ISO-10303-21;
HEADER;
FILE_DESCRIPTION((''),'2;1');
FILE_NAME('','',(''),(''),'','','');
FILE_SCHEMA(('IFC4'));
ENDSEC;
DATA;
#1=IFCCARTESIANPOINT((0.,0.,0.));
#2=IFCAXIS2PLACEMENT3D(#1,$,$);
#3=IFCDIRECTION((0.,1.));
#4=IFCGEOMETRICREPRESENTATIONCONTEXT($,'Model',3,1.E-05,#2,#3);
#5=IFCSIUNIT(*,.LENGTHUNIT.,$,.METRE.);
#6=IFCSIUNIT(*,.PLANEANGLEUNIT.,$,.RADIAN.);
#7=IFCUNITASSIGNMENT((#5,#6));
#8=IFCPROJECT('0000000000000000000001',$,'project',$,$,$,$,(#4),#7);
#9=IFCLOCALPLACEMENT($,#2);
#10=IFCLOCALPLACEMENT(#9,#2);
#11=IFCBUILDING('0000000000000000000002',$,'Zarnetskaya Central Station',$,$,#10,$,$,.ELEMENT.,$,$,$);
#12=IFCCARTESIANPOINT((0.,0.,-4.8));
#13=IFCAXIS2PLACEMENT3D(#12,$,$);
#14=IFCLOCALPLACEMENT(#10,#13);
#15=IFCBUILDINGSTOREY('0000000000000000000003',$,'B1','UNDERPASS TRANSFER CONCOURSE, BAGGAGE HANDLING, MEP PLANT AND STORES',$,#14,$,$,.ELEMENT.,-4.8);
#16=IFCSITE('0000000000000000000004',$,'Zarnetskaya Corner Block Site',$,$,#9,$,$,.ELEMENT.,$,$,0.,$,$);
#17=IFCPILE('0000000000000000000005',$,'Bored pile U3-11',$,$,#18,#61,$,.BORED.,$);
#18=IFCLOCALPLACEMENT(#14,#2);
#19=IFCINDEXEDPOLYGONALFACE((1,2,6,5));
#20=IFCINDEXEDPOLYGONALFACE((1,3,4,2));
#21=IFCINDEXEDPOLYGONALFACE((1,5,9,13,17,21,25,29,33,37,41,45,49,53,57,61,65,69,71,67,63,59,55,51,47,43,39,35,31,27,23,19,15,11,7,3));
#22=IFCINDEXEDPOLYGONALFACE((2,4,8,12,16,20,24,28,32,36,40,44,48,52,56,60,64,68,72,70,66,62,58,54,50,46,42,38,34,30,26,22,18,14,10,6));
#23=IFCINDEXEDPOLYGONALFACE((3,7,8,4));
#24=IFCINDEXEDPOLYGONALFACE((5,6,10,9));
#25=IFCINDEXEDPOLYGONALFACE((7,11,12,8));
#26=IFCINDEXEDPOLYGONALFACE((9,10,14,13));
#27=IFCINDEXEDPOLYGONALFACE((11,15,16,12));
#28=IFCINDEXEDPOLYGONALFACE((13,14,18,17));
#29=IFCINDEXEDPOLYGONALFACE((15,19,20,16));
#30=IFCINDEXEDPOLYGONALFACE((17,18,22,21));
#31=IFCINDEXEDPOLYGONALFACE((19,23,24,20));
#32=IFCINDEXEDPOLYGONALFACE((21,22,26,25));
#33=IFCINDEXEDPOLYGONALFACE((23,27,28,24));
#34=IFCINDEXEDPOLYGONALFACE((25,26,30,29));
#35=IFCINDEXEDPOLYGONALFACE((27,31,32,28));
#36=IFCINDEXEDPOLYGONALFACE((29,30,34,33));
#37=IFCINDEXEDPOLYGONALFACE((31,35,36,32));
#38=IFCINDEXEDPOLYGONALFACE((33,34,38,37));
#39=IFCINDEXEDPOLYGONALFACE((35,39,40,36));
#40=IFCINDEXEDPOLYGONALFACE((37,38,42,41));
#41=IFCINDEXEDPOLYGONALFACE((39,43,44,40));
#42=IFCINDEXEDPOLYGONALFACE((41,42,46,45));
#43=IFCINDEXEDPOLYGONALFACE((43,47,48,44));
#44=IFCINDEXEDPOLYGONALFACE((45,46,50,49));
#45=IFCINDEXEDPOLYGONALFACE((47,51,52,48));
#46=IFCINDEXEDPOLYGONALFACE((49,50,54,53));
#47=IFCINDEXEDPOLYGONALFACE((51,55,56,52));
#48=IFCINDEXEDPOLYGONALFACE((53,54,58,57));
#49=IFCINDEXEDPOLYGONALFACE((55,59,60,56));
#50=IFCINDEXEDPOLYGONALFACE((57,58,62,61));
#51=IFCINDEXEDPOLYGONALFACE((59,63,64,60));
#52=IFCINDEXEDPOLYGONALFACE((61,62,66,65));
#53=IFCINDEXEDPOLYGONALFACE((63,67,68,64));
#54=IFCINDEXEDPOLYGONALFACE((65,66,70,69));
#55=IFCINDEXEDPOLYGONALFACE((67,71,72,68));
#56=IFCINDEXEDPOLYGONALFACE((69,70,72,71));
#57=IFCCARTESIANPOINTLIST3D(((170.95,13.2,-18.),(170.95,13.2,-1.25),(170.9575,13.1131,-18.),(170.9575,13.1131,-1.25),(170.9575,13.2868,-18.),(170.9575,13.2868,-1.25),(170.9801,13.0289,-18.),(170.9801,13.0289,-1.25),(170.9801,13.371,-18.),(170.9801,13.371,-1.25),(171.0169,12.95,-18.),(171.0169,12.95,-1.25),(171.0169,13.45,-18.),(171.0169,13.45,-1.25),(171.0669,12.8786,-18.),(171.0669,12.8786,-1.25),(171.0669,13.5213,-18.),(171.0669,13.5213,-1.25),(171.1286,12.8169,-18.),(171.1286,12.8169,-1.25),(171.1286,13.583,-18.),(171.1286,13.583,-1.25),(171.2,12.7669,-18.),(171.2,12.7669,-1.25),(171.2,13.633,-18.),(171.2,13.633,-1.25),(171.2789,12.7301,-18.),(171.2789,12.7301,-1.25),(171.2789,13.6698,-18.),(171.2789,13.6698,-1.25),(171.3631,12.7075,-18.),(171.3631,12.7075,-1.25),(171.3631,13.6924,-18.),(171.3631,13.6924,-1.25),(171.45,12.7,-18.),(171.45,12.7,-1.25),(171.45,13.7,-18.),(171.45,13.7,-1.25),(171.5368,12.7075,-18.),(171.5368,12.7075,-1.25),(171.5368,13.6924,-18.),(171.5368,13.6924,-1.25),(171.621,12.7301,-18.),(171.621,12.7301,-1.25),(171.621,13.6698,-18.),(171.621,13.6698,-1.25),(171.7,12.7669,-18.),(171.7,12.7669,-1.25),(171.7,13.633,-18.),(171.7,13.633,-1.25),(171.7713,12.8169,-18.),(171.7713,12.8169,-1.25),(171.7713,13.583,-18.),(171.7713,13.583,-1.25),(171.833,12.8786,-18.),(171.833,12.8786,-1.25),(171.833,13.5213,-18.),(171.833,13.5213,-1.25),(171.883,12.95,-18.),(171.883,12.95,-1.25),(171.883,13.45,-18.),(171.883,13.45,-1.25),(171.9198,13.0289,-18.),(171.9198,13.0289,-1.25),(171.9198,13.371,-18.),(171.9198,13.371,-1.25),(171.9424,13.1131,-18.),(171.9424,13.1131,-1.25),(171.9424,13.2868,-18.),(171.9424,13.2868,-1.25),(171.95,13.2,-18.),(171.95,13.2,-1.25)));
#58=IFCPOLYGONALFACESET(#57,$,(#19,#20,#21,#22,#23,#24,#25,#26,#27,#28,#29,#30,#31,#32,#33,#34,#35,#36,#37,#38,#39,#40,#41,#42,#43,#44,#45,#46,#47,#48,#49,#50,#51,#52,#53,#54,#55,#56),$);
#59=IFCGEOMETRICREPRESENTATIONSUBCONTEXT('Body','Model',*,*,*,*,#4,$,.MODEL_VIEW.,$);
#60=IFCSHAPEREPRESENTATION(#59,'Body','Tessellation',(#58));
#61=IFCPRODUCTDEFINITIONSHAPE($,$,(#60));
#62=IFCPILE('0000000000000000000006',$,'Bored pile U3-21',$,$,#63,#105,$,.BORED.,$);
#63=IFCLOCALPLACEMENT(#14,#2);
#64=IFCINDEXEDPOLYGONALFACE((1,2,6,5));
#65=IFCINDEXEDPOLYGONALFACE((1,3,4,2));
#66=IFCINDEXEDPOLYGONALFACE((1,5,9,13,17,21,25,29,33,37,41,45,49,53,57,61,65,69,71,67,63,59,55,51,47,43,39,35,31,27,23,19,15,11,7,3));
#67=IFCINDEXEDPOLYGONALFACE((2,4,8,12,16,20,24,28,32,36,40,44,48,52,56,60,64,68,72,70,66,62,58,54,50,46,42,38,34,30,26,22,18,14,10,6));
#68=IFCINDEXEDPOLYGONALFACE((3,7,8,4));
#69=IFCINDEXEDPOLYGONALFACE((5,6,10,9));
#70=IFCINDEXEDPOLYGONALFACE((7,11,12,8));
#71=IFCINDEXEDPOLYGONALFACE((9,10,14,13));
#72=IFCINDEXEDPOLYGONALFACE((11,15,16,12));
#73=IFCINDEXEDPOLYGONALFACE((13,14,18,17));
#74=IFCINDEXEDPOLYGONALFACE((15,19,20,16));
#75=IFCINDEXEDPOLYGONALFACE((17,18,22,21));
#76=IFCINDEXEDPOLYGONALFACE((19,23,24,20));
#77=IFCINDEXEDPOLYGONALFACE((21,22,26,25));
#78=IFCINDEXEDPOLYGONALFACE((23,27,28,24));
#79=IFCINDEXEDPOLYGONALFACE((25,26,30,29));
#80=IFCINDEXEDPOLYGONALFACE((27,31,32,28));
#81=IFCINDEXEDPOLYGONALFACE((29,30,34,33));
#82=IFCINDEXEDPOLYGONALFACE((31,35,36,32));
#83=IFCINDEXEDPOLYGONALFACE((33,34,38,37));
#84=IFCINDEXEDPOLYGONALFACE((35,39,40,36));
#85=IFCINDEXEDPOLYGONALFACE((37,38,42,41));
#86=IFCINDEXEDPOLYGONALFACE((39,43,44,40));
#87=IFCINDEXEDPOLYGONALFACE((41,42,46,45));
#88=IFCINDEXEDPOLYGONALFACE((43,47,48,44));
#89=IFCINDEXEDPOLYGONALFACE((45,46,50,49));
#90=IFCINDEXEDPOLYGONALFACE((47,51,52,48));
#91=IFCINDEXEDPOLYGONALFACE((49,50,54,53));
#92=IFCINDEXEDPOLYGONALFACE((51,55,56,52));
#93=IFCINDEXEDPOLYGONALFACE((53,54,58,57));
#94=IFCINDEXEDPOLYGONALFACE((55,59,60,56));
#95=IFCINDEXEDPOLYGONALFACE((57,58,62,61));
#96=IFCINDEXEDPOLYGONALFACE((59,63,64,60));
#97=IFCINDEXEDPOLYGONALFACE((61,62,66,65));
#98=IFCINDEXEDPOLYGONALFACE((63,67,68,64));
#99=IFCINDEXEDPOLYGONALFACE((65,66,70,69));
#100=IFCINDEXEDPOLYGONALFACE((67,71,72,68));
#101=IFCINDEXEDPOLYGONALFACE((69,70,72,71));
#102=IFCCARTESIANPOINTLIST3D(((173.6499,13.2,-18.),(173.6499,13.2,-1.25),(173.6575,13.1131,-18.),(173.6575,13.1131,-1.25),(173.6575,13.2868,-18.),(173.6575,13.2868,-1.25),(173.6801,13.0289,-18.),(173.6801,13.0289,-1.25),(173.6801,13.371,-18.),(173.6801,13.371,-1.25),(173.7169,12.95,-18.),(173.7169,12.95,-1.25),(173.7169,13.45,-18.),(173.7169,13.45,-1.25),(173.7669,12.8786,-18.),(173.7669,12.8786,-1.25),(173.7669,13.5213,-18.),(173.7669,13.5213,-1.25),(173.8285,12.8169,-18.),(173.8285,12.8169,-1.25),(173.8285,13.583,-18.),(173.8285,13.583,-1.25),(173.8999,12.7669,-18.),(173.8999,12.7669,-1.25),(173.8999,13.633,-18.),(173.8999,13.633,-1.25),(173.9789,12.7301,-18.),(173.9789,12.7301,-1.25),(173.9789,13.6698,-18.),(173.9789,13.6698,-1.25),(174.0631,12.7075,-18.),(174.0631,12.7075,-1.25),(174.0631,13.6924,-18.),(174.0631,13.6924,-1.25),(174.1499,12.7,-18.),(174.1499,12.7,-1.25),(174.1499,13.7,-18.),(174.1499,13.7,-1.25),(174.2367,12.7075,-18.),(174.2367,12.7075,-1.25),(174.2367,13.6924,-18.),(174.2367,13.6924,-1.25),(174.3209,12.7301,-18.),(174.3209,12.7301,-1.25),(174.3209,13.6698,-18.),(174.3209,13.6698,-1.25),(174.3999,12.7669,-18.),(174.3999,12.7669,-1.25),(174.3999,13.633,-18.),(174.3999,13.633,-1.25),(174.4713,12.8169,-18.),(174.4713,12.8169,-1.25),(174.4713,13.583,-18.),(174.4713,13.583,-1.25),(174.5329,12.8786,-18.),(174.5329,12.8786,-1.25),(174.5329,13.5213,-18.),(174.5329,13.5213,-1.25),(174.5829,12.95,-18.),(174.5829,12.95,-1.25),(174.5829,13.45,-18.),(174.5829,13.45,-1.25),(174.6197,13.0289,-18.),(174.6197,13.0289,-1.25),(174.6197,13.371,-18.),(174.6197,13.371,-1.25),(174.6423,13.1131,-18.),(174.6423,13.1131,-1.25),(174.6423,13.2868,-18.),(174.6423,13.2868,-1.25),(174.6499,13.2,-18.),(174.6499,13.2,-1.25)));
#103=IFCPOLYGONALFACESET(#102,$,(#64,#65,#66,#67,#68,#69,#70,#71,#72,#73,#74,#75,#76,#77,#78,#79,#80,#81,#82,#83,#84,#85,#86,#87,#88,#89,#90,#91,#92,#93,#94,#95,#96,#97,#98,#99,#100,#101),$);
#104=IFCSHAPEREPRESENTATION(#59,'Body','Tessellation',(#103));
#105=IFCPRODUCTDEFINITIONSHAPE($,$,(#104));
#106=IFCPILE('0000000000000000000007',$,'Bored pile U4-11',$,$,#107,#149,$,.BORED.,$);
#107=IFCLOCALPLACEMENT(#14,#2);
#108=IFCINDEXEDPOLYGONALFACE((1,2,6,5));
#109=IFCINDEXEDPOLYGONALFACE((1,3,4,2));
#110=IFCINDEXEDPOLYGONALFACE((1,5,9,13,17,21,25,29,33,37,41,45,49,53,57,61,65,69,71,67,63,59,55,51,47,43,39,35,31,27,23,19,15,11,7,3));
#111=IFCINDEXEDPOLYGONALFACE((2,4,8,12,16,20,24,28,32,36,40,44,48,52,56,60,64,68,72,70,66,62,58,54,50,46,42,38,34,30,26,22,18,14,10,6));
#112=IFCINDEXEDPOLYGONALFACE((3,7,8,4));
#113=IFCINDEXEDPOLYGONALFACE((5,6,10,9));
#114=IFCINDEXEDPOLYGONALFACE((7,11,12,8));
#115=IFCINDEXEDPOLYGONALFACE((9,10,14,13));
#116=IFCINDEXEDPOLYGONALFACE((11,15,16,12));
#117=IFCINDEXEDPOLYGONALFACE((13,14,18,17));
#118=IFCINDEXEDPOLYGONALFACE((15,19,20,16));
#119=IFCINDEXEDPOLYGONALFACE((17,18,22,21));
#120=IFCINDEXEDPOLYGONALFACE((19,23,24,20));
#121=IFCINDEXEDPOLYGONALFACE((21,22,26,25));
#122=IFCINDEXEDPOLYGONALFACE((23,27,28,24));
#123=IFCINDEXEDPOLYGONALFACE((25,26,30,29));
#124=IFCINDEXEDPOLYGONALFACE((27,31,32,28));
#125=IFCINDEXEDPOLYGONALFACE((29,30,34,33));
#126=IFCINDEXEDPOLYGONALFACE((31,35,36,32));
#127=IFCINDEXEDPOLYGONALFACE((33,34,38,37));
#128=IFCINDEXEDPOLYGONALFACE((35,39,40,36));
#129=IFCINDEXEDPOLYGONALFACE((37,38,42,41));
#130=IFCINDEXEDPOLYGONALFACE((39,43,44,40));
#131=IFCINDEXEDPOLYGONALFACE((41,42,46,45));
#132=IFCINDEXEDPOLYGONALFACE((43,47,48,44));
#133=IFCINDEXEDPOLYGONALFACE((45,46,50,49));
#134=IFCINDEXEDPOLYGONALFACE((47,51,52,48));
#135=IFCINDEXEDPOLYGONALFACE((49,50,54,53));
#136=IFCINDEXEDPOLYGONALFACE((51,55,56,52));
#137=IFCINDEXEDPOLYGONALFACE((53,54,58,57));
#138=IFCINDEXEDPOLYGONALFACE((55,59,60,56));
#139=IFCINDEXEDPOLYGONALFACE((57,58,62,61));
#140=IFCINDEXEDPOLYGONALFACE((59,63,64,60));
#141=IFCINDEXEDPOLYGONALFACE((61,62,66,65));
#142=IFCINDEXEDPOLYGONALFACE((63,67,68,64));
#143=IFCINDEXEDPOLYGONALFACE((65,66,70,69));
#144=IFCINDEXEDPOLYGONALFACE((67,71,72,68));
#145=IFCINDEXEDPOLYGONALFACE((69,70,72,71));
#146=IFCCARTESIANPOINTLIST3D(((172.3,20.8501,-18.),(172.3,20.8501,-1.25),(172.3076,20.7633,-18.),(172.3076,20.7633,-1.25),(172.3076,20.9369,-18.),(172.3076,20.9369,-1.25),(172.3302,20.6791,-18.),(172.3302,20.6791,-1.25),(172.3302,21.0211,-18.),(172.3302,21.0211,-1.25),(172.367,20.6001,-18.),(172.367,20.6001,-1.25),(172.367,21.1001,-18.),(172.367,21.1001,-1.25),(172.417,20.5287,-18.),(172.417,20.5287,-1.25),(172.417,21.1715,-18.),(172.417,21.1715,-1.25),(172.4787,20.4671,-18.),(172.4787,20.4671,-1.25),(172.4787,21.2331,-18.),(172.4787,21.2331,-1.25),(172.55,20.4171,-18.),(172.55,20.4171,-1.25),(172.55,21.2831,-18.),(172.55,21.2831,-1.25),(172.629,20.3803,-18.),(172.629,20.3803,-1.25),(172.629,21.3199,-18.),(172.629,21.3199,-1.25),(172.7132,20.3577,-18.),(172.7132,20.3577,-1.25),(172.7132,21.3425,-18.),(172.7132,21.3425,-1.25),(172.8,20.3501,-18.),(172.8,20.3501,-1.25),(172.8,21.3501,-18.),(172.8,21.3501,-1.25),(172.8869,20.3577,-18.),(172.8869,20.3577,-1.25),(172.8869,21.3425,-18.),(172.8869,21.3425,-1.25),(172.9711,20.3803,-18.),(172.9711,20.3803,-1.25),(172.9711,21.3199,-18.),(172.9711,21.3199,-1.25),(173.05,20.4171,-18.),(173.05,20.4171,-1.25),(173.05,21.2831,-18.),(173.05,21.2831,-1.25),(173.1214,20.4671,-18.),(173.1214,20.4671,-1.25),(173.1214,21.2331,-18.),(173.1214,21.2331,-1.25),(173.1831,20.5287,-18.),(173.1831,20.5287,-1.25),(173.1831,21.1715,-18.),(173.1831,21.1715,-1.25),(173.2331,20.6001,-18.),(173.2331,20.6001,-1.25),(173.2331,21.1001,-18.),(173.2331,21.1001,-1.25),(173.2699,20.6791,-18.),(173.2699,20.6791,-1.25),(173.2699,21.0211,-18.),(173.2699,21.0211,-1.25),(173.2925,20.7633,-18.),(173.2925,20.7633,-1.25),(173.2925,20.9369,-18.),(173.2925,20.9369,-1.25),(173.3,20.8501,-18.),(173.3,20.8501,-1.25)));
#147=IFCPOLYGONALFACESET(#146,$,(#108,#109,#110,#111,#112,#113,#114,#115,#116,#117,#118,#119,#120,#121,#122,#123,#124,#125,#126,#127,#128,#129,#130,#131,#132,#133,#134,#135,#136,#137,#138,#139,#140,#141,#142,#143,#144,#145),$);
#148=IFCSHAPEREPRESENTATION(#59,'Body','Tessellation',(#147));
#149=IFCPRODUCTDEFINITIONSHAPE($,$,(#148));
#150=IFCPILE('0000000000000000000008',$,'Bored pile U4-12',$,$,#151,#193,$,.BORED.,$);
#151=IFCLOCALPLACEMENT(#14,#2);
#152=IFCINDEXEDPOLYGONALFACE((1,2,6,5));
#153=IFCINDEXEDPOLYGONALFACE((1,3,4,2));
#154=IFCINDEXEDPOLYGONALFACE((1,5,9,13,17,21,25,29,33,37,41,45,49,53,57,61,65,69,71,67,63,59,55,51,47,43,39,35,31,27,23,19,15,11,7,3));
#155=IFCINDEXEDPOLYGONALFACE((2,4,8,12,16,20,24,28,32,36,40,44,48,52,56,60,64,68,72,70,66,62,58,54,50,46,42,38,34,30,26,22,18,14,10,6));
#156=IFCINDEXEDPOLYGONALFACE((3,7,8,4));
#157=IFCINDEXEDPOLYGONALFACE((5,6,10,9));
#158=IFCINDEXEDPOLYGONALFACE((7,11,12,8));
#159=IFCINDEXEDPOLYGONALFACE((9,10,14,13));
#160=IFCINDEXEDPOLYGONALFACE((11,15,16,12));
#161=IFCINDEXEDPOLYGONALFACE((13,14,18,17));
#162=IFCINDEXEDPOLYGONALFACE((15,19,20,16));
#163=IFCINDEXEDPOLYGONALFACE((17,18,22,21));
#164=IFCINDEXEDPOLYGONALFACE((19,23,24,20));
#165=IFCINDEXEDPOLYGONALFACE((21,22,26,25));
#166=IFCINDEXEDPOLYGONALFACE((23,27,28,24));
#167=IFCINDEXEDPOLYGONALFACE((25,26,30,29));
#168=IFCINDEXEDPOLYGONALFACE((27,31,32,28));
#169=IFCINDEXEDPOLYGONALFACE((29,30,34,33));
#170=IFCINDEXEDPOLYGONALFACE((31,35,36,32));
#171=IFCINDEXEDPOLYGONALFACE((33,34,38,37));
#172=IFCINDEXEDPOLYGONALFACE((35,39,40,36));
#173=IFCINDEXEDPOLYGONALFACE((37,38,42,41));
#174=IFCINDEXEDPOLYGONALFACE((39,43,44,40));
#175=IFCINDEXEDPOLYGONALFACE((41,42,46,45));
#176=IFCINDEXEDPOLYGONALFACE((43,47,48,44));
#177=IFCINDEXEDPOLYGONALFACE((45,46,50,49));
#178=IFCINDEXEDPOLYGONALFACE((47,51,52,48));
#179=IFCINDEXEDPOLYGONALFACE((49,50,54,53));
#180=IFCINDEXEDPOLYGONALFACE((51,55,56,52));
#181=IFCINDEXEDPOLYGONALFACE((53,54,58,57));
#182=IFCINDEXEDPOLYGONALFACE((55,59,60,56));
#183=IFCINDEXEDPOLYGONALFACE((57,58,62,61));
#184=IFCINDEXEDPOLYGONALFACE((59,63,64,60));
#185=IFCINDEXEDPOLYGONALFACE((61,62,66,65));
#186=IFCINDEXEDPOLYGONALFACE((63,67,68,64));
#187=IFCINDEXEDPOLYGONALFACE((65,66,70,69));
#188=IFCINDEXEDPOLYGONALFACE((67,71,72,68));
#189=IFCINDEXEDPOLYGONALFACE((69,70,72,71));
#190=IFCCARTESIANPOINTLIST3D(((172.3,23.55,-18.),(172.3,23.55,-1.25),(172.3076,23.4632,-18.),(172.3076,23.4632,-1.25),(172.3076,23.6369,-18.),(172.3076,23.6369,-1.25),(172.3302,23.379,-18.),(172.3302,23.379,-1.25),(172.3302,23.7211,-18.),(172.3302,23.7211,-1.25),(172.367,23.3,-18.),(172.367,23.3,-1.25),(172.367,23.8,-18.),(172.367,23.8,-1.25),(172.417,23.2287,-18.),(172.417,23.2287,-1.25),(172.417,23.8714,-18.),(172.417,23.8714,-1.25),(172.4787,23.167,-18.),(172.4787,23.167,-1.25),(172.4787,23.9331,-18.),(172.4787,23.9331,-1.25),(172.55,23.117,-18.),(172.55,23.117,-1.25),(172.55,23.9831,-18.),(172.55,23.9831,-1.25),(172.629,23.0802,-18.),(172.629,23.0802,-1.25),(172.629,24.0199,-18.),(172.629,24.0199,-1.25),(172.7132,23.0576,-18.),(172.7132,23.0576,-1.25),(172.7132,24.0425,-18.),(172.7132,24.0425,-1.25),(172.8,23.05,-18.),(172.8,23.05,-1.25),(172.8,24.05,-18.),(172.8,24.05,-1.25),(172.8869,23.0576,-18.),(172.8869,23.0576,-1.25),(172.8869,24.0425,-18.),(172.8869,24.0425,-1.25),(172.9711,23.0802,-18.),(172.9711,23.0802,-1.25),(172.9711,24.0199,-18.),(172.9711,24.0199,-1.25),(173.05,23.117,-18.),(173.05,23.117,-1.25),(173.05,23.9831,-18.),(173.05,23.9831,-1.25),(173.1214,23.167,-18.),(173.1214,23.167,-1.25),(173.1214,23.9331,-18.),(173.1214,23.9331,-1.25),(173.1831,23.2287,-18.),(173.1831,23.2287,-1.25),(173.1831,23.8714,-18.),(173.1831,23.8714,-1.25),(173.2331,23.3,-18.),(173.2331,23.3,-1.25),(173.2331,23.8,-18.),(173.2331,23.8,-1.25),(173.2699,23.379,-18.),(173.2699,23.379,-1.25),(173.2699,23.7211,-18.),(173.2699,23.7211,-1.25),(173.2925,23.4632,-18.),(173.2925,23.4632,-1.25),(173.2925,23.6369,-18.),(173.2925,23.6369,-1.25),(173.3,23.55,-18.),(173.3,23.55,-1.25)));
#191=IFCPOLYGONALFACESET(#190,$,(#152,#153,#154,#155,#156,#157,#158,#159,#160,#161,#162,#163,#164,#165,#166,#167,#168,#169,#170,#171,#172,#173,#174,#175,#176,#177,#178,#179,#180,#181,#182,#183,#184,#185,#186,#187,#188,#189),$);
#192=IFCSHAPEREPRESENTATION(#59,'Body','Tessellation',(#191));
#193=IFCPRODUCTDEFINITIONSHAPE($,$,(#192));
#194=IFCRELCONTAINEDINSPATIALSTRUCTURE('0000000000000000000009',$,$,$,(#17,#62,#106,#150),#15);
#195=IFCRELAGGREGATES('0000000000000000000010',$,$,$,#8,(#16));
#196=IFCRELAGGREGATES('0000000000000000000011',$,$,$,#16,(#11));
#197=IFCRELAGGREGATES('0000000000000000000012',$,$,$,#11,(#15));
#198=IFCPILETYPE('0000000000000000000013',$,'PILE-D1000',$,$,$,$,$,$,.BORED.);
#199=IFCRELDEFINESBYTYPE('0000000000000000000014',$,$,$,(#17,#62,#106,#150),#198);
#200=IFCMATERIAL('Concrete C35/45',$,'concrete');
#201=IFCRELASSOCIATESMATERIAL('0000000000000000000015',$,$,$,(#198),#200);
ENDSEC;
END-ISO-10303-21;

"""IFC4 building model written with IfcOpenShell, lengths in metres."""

from ifc_helpers import new_model, si_unit, direction, frame, origin, origin_2d, place, context, subcontext, project, spatial, circle, extrude, material, material_profile, profile_set, type_object, element, save


model = new_model("IFC4")

# Units and contexts
model_context = context("Model", 3, precision=1e-05, world=origin(), true_north=direction((0.0, 1.0)))
body_context = subcontext(model_context, "Body", "Model", "MODEL_VIEW")
ifc_project = project(units=[si_unit("LENGTHUNIT", "METRE"), si_unit("PLANEANGLEUNIT", "RADIAN")], contexts=[model_context])

# Site, building, storey
site_placement = place(None, origin())
site = spatial("IfcSite", under=ifc_project, at=site_placement, Name="Zarnetskaya Corner Block Site", CompositionType="ELEMENT", RefElevation=0.0)
building_placement = place(site_placement, origin())
building = spatial("IfcBuilding", under=site, at=building_placement, Name="Zarnetskaya Central Station", CompositionType="ELEMENT")
storey_placement = place(building_placement, frame((0.0, 0.0, -4.8)))
storey = spatial("IfcBuildingStorey", under=building, at=storey_placement, Name="B1", Description="UNDERPASS TRANSFER CONCOURSE, BAGGAGE HANDLING, MEP PLANT AND STORES", CompositionType="ELEMENT", Elevation=-4.8)

# Shared definitions
ifc_material = material(Name="Concrete C35/45", Category="concrete")

# Piles
ifc_material_profile_1 = material_profile(ifc_material, circle(Radius=0.5, at=origin_2d()), Name="BORED PILE D1000")
ifc_profile_set_1 = profile_set([ifc_material_profile_1], Name="Concrete C35/45")
pile_type_1 = type_object("IfcPileType", Name="PILE-D1000", PredefinedType="BORED", material=ifc_profile_set_1)
for number, where, z_axis, x_axis, name in (
    (1, (171.45, 13.2, -1.25), (0.0, 0.0, -1.0), (1.0, 0.0, 0.0), "Bored pile U3-11"),
    (2, (174.1499, 13.2, -1.25), (0.0, 0.0, -1.0), (1.0, 0.0, 0.0), "Bored pile U3-21"),
    (3, (172.8, 20.8501, -1.25), (0.0, 0.0, -1.0), (1.0, 0.0, 0.0), "Bored pile U4-11"),
    (4, (172.8, 23.55, -1.25), (0.0, 0.0, -1.0), (1.0, 0.0, 0.0), "Bored pile U4-12"),
):
    element("IfcPile", number, at=place(storey_placement, frame(where, z_axis=z_axis, x_axis=x_axis)), inside=storey, type_object=pile_type_1, Name=name, PredefinedType="BORED", context=body_context, shape_type="SweptSolid", body=[
        extrude(circle(Radius=0.5, at=origin_2d()), origin(), (0.0, 0.0, 1.0), 16.75),
    ])

save(model, "model.ifc")
